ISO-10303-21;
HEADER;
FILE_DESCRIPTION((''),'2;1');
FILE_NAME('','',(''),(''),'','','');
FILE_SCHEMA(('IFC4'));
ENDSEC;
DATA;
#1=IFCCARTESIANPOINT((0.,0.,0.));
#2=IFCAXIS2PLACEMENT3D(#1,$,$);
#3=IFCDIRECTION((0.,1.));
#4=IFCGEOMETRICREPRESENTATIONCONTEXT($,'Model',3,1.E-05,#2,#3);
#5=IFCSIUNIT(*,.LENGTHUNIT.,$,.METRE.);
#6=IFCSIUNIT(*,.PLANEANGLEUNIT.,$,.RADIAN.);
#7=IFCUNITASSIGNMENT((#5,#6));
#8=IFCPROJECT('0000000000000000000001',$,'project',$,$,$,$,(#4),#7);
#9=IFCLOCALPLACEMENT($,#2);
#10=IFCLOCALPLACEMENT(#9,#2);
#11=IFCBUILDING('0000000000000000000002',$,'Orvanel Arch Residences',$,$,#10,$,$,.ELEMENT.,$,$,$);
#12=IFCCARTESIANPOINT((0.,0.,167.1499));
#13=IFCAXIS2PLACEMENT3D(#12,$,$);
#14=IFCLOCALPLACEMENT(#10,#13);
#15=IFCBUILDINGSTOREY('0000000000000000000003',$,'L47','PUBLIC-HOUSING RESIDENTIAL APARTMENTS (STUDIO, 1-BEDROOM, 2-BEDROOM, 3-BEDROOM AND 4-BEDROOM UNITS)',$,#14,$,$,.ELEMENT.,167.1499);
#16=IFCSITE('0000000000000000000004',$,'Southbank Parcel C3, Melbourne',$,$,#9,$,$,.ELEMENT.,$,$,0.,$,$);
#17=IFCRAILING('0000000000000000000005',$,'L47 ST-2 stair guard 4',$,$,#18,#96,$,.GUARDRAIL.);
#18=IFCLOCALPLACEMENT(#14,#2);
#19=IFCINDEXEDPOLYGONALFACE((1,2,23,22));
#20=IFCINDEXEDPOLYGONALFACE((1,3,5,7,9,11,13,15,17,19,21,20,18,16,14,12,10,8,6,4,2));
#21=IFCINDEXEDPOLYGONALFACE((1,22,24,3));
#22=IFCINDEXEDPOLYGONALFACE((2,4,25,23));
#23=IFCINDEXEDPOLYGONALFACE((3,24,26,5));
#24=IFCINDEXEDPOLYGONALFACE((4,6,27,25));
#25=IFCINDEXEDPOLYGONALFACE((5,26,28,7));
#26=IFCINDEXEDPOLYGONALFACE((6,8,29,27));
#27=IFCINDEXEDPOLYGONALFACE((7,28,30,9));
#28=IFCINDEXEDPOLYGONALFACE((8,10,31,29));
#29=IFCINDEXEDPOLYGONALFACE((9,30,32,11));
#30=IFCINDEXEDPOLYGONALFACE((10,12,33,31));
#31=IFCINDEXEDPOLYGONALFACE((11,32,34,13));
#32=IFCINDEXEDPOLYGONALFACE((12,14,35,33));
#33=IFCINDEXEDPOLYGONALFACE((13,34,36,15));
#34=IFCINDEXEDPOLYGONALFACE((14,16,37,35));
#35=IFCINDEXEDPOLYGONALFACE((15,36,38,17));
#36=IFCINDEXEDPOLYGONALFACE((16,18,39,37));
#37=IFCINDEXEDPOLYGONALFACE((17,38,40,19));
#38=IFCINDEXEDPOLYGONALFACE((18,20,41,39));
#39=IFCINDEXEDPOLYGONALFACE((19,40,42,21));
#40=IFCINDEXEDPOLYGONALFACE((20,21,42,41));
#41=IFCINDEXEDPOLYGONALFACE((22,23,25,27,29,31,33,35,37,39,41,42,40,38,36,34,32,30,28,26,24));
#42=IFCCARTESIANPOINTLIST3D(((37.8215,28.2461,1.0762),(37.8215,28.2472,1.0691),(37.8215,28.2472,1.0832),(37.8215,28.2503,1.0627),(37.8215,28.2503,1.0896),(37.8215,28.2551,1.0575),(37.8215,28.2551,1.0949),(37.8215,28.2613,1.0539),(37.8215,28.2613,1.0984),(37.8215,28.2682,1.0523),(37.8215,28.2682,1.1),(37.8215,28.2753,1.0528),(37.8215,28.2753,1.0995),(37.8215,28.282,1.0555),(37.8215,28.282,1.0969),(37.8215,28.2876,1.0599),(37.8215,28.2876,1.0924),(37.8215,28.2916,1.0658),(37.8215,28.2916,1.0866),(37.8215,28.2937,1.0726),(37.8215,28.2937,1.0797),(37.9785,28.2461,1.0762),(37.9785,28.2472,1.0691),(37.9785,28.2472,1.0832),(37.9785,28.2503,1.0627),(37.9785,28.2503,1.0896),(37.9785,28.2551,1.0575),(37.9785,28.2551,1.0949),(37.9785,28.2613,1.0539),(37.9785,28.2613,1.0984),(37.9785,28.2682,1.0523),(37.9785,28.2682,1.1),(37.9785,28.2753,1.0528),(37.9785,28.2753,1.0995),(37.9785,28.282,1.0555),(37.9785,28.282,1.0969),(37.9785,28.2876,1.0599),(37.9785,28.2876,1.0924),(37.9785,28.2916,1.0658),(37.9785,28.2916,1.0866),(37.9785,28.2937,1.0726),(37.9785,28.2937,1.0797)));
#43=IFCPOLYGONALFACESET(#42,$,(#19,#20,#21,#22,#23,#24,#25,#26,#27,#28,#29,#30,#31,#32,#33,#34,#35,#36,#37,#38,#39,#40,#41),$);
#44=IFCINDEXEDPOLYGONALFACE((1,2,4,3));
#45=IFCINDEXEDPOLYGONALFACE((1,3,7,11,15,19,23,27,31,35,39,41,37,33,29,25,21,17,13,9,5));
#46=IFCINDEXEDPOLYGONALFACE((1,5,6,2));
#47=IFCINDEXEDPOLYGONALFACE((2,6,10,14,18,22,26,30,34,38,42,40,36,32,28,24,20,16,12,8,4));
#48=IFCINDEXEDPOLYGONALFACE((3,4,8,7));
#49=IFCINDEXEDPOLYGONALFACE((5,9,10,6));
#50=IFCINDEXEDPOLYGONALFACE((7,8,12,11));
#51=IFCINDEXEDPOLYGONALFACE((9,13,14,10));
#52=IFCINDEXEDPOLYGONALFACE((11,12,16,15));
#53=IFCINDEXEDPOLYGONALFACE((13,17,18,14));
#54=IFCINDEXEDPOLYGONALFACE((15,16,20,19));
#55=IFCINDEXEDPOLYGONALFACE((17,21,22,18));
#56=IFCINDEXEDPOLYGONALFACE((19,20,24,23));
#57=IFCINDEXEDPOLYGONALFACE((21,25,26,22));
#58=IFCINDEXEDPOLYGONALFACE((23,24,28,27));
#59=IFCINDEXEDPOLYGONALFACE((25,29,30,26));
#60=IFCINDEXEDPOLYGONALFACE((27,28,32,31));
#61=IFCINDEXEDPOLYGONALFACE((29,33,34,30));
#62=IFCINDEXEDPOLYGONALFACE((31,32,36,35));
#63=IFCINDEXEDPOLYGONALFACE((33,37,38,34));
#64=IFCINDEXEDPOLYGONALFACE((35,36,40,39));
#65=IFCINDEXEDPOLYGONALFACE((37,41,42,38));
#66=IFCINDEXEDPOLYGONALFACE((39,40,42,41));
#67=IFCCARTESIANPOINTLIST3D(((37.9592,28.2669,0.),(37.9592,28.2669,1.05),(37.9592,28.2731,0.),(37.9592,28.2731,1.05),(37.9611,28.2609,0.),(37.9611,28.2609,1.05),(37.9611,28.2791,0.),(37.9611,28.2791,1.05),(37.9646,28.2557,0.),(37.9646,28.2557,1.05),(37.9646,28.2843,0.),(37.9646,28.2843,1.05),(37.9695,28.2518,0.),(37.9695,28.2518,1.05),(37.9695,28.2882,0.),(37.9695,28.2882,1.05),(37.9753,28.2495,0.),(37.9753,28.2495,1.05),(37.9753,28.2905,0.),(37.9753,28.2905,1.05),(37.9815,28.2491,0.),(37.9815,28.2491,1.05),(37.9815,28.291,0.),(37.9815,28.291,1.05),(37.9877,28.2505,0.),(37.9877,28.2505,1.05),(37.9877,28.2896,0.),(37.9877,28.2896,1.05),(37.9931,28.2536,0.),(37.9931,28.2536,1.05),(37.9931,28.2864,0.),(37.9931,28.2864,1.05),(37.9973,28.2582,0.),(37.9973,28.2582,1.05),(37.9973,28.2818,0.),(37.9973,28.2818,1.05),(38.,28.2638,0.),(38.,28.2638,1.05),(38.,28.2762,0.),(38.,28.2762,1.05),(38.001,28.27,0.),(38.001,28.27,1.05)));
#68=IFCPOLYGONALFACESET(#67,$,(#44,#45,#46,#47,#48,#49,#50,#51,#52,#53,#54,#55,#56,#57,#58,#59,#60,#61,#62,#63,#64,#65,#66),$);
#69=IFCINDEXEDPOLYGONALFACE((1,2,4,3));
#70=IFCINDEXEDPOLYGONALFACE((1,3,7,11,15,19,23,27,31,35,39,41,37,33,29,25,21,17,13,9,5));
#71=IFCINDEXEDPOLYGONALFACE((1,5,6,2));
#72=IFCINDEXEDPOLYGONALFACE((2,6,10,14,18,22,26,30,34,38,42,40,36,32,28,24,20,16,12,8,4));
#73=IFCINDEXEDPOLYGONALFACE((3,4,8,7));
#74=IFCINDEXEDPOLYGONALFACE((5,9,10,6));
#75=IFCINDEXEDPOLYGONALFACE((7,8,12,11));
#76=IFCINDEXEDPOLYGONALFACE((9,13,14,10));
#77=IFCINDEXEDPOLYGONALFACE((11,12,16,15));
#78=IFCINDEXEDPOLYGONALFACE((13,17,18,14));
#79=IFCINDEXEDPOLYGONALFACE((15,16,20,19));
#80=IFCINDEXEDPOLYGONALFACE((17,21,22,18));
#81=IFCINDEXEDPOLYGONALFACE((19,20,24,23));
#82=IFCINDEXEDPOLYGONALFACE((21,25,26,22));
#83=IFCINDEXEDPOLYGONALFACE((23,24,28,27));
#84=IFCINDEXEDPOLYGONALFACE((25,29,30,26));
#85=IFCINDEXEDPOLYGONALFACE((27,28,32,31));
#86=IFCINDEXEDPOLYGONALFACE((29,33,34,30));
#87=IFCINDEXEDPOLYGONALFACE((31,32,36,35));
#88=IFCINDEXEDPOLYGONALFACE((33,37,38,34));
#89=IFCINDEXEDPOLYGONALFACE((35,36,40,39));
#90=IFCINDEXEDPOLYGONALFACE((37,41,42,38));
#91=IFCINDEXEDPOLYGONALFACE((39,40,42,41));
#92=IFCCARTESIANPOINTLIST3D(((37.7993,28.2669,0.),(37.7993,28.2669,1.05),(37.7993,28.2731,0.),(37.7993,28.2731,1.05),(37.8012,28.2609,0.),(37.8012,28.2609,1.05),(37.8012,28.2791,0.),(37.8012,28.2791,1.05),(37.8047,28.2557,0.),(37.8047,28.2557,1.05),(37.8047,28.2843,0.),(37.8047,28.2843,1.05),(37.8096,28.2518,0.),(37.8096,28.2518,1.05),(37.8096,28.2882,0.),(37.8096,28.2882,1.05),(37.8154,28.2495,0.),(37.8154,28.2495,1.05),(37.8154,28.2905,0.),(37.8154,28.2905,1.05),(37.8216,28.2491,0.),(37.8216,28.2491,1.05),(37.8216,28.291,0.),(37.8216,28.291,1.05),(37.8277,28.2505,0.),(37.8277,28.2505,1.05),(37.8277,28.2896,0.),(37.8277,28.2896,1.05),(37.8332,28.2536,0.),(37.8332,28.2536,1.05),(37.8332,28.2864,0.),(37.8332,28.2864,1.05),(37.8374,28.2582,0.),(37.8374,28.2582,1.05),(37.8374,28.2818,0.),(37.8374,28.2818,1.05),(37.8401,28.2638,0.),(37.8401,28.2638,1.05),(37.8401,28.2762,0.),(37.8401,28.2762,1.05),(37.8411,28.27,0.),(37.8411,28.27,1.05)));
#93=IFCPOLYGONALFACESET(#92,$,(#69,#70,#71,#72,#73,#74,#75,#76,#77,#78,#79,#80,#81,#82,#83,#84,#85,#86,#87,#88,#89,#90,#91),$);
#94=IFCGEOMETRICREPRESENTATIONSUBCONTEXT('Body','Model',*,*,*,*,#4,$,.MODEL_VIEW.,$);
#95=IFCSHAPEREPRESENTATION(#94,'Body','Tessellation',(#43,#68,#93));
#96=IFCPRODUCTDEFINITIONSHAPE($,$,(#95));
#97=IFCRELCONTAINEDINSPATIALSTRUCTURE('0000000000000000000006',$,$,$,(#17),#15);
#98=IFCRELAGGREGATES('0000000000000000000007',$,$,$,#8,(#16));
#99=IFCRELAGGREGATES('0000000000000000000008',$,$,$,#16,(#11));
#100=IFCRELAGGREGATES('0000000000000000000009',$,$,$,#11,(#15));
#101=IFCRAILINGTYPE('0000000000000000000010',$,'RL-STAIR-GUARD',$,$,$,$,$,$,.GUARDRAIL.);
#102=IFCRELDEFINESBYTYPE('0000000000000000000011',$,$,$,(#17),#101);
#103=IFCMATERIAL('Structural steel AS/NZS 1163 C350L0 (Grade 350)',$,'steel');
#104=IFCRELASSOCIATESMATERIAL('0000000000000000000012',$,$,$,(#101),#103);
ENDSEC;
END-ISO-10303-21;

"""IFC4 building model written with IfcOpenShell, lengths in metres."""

from ifc_helpers import new_model, si_unit, direction, frame, origin, origin_2d, place, context, subcontext, project, spatial, circle, extrude, material, type_object, element, save


model = new_model("IFC4")

# Units and contexts
model_context = context("Model", 3, precision=1e-05, world=origin(), true_north=direction((0.0, 1.0)))
body_context = subcontext(model_context, "Body", "Model", "MODEL_VIEW")
ifc_project = project(units=[si_unit("LENGTHUNIT", "METRE"), si_unit("PLANEANGLEUNIT", "RADIAN")], contexts=[model_context])

# Site, building, storey
site_placement = place(None, origin())
site = spatial("IfcSite", under=ifc_project, at=site_placement, Name="Southbank Parcel C3, Melbourne", CompositionType="ELEMENT", RefElevation=0.0)
building_placement = place(site_placement, origin())
building = spatial("IfcBuilding", under=site, at=building_placement, Name="Orvanel Arch Residences", CompositionType="ELEMENT")
storey_placement = place(building_placement, frame((0.0, 0.0, 167.1499)))
storey = spatial("IfcBuildingStorey", under=building, at=storey_placement, Name="L47", Description="PUBLIC-HOUSING RESIDENTIAL APARTMENTS (STUDIO, 1-BEDROOM, 2-BEDROOM, 3-BEDROOM AND 4-BEDROOM UNITS)", CompositionType="ELEMENT", Elevation=167.1499)

# Railing
ifc_material_1 = material(Name="Structural steel AS/NZS 1163 C350L0 (Grade 350)", Category="steel")
railing_type_1 = type_object("IfcRailingType", Name="RL-STAIR-GUARD", PredefinedType="GUARDRAIL", material=ifc_material_1)
railing_1_placement = place(storey_placement, frame((37.98, 28.27, 0.0)))
element("IfcRailing", 1, at=railing_1_placement, inside=storey, type_object=railing_type_1, Name="L47 ST-2 stair guard 4", PredefinedType="GUARDRAIL", context=body_context, shape_type="SweptSolid", body=[
    extrude(circle(Radius=0.0239, at=origin_2d()), frame((-0.0015, 0.0, 1.0762), z_axis=(-1.0, 0.0, 0.0), x_axis=(0.0, -1.0, 0.0)), (0.0, 0.0, 1.0), 0.157),
    extrude(circle(Radius=0.021, at=origin_2d()), origin(), (0.0, 0.0, 1.0), 1.05),
    extrude(circle(Radius=0.021, at=origin_2d()), frame((-0.1599, 0.0, 0.0)), (0.0, 0.0, 1.0), 1.05),
])

save(model, "model.ifc")
